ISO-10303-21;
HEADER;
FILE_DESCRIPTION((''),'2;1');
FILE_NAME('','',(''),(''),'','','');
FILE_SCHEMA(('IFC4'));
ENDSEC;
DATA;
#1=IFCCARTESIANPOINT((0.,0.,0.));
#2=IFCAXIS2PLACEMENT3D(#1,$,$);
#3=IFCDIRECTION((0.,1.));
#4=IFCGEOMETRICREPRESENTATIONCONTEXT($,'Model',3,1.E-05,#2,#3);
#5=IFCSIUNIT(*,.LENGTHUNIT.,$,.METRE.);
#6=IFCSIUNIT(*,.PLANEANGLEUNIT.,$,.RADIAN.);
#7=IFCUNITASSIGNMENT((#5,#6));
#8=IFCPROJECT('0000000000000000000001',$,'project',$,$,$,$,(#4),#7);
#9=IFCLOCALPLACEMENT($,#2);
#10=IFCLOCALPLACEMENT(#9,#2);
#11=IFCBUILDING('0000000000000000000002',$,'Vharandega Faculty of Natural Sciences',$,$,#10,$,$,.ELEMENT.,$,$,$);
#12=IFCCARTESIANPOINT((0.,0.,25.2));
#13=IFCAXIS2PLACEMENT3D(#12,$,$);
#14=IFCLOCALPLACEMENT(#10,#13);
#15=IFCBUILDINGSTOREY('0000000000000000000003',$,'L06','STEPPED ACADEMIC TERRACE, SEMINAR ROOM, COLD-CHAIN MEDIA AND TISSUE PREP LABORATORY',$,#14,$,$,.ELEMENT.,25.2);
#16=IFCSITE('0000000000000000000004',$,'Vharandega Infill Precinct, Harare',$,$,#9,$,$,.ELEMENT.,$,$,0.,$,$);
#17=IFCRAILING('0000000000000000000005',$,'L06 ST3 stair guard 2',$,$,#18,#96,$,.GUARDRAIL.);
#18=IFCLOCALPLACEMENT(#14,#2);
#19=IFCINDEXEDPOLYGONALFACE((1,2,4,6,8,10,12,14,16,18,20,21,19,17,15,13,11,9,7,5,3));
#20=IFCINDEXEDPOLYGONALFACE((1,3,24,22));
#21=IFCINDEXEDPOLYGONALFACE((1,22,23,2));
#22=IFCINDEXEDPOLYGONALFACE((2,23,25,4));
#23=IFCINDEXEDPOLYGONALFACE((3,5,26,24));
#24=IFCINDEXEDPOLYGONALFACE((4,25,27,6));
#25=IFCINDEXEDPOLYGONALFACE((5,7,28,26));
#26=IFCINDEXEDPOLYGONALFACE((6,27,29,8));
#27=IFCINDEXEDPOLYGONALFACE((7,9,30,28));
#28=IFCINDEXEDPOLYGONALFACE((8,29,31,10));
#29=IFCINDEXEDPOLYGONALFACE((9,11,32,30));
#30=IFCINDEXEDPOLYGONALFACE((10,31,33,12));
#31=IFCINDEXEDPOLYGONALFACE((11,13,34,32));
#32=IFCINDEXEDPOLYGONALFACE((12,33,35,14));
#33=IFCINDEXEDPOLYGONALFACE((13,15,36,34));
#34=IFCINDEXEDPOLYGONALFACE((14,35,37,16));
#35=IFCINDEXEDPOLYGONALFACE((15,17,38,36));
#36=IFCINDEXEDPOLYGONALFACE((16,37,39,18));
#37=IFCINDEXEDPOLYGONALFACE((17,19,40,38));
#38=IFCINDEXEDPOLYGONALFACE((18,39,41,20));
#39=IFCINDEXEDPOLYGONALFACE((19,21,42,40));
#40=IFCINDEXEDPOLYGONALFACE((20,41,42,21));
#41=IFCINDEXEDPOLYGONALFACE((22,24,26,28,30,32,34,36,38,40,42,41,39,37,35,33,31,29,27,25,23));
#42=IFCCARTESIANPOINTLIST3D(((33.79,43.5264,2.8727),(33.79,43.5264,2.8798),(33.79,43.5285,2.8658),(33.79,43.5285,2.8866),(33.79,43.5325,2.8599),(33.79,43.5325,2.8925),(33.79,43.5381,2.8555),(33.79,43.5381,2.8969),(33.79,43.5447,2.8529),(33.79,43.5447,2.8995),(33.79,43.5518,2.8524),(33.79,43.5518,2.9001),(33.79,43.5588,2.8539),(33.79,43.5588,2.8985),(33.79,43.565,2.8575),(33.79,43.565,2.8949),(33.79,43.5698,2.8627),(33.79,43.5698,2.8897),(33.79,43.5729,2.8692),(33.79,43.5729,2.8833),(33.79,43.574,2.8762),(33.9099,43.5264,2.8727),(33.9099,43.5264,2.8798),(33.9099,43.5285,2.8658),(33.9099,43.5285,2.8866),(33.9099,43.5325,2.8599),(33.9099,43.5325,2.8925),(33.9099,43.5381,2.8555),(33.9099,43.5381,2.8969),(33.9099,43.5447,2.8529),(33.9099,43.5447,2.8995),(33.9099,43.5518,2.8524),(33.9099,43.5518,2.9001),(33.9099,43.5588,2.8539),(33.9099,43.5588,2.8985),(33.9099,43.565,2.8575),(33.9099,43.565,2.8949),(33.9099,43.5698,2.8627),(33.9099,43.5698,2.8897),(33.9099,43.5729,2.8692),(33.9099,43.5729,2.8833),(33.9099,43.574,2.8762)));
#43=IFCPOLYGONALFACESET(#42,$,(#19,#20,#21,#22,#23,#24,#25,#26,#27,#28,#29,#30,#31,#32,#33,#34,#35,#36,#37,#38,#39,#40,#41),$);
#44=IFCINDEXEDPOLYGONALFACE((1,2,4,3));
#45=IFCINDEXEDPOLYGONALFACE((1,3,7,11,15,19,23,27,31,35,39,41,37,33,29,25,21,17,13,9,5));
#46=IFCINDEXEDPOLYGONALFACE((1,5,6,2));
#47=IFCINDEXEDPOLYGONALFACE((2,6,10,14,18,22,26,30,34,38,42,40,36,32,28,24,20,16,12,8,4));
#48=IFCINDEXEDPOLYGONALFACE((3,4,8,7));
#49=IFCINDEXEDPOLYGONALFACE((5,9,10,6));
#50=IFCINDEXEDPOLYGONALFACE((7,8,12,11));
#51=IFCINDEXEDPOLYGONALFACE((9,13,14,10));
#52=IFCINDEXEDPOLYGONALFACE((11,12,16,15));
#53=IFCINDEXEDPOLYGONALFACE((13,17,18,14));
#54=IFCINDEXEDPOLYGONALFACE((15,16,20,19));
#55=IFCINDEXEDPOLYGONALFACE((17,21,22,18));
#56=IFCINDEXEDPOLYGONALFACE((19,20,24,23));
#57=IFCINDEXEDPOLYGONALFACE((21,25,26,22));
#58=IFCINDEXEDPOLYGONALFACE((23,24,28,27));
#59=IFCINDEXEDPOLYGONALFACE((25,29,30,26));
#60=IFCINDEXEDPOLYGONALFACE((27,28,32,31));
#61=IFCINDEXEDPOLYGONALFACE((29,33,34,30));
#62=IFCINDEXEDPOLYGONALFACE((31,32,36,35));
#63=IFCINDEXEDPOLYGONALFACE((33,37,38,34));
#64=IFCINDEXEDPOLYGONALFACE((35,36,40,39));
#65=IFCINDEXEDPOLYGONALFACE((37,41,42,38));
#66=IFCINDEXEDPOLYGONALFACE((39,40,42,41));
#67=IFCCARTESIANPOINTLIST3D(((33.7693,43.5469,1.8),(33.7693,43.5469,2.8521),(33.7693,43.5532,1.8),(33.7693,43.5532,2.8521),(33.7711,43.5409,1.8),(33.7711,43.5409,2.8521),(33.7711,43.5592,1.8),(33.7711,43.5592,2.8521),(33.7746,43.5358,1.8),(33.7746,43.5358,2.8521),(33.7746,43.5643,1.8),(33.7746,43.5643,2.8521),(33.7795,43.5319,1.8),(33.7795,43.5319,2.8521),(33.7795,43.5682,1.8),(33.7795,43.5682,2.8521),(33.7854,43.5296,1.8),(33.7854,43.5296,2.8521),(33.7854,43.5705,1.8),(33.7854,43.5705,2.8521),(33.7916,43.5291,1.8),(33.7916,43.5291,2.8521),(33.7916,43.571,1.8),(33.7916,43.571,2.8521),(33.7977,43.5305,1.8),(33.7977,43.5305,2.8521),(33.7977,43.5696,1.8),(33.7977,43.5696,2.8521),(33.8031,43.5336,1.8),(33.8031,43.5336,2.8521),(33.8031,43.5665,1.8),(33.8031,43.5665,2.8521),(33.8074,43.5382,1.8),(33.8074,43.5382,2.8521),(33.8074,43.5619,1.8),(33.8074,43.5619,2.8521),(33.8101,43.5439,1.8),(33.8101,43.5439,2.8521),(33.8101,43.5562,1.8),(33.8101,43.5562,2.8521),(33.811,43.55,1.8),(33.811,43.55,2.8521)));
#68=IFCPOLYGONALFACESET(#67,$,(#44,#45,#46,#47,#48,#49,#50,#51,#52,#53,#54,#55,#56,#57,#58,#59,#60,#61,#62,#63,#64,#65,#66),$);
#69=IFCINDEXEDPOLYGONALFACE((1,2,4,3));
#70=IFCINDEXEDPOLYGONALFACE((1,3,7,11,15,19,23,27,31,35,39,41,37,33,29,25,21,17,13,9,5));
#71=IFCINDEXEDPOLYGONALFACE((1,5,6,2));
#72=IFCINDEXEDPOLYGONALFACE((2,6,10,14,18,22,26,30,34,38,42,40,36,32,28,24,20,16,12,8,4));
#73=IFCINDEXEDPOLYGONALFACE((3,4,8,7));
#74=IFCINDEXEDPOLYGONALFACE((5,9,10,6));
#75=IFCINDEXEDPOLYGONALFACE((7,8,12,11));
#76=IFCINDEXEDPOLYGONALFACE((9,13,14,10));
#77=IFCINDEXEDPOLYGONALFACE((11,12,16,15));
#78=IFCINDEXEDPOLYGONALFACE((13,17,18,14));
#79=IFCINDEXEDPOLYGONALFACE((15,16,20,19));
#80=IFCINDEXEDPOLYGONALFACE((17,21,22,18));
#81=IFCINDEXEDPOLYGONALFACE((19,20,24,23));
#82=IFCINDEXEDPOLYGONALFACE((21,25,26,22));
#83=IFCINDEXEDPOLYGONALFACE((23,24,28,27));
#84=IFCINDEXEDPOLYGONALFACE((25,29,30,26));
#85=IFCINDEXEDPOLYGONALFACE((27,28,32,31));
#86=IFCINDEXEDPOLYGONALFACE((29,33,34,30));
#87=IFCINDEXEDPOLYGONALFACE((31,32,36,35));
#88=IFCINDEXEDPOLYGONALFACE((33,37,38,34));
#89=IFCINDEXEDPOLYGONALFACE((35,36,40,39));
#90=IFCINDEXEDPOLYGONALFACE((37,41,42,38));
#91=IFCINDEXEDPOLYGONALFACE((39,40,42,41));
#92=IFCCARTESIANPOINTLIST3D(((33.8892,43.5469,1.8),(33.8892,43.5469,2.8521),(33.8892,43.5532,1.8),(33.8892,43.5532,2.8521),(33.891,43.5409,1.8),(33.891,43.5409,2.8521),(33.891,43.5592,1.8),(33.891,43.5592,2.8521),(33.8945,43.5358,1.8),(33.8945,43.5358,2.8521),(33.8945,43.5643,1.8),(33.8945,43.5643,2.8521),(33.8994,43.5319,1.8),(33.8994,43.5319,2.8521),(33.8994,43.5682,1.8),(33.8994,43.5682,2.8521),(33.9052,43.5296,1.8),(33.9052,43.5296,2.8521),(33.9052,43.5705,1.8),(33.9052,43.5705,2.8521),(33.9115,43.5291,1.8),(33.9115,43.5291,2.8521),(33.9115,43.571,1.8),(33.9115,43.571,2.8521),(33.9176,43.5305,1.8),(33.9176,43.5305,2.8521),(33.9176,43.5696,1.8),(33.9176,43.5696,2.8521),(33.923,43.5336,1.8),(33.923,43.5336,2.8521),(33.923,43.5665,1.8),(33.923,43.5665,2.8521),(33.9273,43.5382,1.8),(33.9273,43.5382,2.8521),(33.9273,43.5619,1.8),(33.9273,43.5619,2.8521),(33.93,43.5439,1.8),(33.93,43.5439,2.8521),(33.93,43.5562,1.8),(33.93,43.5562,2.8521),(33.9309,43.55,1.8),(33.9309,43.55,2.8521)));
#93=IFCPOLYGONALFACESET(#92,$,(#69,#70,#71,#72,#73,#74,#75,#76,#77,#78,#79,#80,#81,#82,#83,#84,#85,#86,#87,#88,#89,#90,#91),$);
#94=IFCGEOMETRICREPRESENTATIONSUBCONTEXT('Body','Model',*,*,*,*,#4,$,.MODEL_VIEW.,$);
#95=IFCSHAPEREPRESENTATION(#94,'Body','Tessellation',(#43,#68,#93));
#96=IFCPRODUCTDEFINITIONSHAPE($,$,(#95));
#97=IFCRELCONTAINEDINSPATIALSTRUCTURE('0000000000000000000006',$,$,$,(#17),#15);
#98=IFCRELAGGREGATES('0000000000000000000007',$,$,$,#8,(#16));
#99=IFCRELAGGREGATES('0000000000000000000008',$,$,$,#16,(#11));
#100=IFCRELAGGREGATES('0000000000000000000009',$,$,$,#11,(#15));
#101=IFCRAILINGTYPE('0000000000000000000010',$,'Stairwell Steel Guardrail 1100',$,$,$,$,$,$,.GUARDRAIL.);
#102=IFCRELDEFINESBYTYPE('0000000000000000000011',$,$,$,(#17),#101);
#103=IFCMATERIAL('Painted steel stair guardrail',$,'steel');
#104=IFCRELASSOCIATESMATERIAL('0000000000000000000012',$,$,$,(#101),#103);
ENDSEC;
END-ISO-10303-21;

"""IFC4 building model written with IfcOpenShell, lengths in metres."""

from ifc_helpers import new_model, si_unit, direction, frame, origin, origin_2d, place, context, subcontext, project, spatial, circle, extrude, material, type_object, element, save


model = new_model("IFC4")

# Units and contexts
model_context = context("Model", 3, precision=1e-05, world=origin(), true_north=direction((0.0, 1.0)))
body_context = subcontext(model_context, "Body", "Model", "MODEL_VIEW")
ifc_project = project(units=[si_unit("LENGTHUNIT", "METRE"), si_unit("PLANEANGLEUNIT", "RADIAN")], contexts=[model_context])

# Site, building, storey
site_placement = place(None, origin())
site = spatial("IfcSite", under=ifc_project, at=site_placement, Name="Vharandega Infill Precinct, Harare", CompositionType="ELEMENT", RefElevation=0.0)
building_placement = place(site_placement, origin())
building = spatial("IfcBuilding", under=site, at=building_placement, Name="Vharandega Faculty of Natural Sciences", CompositionType="ELEMENT")
storey_placement = place(building_placement, frame((0.0, 0.0, 25.2)))
storey = spatial("IfcBuildingStorey", under=building, at=storey_placement, Name="L06", Description="STEPPED ACADEMIC TERRACE, SEMINAR ROOM, COLD-CHAIN MEDIA AND TISSUE PREP LABORATORY", CompositionType="ELEMENT", Elevation=25.2)

# Railing
ifc_material_1 = material(Name="Painted steel stair guardrail", Category="steel")
railing_type_1 = type_object("IfcRailingType", Name="Stairwell Steel Guardrail 1100", PredefinedType="GUARDRAIL", material=ifc_material_1)
railing_1_placement = place(storey_placement, frame((33.79, 43.55, 1.8)))
element("IfcRailing", 1, at=railing_1_placement, inside=storey, type_object=railing_type_1, Name="L06 ST3 stair guard 2", PredefinedType="GUARDRAIL", context=body_context, shape_type="SweptSolid", body=[
    extrude(circle(Radius=0.0239, at=origin_2d()), frame((0.0, 0.0, 1.0762), z_axis=(1.0, 0.0, 0.0), x_axis=(0.0, 1.0, 0.0)), (0.0, 0.0, 1.0), 0.1199),
    extrude(circle(Radius=0.021, at=origin_2d()), origin(), (0.0, 0.0, 1.0), 1.052),
    extrude(circle(Radius=0.021, at=origin_2d()), frame((0.1199, 0.0, 0.0)), (0.0, 0.0, 1.0), 1.052),
])

save(model, "model.ifc")
